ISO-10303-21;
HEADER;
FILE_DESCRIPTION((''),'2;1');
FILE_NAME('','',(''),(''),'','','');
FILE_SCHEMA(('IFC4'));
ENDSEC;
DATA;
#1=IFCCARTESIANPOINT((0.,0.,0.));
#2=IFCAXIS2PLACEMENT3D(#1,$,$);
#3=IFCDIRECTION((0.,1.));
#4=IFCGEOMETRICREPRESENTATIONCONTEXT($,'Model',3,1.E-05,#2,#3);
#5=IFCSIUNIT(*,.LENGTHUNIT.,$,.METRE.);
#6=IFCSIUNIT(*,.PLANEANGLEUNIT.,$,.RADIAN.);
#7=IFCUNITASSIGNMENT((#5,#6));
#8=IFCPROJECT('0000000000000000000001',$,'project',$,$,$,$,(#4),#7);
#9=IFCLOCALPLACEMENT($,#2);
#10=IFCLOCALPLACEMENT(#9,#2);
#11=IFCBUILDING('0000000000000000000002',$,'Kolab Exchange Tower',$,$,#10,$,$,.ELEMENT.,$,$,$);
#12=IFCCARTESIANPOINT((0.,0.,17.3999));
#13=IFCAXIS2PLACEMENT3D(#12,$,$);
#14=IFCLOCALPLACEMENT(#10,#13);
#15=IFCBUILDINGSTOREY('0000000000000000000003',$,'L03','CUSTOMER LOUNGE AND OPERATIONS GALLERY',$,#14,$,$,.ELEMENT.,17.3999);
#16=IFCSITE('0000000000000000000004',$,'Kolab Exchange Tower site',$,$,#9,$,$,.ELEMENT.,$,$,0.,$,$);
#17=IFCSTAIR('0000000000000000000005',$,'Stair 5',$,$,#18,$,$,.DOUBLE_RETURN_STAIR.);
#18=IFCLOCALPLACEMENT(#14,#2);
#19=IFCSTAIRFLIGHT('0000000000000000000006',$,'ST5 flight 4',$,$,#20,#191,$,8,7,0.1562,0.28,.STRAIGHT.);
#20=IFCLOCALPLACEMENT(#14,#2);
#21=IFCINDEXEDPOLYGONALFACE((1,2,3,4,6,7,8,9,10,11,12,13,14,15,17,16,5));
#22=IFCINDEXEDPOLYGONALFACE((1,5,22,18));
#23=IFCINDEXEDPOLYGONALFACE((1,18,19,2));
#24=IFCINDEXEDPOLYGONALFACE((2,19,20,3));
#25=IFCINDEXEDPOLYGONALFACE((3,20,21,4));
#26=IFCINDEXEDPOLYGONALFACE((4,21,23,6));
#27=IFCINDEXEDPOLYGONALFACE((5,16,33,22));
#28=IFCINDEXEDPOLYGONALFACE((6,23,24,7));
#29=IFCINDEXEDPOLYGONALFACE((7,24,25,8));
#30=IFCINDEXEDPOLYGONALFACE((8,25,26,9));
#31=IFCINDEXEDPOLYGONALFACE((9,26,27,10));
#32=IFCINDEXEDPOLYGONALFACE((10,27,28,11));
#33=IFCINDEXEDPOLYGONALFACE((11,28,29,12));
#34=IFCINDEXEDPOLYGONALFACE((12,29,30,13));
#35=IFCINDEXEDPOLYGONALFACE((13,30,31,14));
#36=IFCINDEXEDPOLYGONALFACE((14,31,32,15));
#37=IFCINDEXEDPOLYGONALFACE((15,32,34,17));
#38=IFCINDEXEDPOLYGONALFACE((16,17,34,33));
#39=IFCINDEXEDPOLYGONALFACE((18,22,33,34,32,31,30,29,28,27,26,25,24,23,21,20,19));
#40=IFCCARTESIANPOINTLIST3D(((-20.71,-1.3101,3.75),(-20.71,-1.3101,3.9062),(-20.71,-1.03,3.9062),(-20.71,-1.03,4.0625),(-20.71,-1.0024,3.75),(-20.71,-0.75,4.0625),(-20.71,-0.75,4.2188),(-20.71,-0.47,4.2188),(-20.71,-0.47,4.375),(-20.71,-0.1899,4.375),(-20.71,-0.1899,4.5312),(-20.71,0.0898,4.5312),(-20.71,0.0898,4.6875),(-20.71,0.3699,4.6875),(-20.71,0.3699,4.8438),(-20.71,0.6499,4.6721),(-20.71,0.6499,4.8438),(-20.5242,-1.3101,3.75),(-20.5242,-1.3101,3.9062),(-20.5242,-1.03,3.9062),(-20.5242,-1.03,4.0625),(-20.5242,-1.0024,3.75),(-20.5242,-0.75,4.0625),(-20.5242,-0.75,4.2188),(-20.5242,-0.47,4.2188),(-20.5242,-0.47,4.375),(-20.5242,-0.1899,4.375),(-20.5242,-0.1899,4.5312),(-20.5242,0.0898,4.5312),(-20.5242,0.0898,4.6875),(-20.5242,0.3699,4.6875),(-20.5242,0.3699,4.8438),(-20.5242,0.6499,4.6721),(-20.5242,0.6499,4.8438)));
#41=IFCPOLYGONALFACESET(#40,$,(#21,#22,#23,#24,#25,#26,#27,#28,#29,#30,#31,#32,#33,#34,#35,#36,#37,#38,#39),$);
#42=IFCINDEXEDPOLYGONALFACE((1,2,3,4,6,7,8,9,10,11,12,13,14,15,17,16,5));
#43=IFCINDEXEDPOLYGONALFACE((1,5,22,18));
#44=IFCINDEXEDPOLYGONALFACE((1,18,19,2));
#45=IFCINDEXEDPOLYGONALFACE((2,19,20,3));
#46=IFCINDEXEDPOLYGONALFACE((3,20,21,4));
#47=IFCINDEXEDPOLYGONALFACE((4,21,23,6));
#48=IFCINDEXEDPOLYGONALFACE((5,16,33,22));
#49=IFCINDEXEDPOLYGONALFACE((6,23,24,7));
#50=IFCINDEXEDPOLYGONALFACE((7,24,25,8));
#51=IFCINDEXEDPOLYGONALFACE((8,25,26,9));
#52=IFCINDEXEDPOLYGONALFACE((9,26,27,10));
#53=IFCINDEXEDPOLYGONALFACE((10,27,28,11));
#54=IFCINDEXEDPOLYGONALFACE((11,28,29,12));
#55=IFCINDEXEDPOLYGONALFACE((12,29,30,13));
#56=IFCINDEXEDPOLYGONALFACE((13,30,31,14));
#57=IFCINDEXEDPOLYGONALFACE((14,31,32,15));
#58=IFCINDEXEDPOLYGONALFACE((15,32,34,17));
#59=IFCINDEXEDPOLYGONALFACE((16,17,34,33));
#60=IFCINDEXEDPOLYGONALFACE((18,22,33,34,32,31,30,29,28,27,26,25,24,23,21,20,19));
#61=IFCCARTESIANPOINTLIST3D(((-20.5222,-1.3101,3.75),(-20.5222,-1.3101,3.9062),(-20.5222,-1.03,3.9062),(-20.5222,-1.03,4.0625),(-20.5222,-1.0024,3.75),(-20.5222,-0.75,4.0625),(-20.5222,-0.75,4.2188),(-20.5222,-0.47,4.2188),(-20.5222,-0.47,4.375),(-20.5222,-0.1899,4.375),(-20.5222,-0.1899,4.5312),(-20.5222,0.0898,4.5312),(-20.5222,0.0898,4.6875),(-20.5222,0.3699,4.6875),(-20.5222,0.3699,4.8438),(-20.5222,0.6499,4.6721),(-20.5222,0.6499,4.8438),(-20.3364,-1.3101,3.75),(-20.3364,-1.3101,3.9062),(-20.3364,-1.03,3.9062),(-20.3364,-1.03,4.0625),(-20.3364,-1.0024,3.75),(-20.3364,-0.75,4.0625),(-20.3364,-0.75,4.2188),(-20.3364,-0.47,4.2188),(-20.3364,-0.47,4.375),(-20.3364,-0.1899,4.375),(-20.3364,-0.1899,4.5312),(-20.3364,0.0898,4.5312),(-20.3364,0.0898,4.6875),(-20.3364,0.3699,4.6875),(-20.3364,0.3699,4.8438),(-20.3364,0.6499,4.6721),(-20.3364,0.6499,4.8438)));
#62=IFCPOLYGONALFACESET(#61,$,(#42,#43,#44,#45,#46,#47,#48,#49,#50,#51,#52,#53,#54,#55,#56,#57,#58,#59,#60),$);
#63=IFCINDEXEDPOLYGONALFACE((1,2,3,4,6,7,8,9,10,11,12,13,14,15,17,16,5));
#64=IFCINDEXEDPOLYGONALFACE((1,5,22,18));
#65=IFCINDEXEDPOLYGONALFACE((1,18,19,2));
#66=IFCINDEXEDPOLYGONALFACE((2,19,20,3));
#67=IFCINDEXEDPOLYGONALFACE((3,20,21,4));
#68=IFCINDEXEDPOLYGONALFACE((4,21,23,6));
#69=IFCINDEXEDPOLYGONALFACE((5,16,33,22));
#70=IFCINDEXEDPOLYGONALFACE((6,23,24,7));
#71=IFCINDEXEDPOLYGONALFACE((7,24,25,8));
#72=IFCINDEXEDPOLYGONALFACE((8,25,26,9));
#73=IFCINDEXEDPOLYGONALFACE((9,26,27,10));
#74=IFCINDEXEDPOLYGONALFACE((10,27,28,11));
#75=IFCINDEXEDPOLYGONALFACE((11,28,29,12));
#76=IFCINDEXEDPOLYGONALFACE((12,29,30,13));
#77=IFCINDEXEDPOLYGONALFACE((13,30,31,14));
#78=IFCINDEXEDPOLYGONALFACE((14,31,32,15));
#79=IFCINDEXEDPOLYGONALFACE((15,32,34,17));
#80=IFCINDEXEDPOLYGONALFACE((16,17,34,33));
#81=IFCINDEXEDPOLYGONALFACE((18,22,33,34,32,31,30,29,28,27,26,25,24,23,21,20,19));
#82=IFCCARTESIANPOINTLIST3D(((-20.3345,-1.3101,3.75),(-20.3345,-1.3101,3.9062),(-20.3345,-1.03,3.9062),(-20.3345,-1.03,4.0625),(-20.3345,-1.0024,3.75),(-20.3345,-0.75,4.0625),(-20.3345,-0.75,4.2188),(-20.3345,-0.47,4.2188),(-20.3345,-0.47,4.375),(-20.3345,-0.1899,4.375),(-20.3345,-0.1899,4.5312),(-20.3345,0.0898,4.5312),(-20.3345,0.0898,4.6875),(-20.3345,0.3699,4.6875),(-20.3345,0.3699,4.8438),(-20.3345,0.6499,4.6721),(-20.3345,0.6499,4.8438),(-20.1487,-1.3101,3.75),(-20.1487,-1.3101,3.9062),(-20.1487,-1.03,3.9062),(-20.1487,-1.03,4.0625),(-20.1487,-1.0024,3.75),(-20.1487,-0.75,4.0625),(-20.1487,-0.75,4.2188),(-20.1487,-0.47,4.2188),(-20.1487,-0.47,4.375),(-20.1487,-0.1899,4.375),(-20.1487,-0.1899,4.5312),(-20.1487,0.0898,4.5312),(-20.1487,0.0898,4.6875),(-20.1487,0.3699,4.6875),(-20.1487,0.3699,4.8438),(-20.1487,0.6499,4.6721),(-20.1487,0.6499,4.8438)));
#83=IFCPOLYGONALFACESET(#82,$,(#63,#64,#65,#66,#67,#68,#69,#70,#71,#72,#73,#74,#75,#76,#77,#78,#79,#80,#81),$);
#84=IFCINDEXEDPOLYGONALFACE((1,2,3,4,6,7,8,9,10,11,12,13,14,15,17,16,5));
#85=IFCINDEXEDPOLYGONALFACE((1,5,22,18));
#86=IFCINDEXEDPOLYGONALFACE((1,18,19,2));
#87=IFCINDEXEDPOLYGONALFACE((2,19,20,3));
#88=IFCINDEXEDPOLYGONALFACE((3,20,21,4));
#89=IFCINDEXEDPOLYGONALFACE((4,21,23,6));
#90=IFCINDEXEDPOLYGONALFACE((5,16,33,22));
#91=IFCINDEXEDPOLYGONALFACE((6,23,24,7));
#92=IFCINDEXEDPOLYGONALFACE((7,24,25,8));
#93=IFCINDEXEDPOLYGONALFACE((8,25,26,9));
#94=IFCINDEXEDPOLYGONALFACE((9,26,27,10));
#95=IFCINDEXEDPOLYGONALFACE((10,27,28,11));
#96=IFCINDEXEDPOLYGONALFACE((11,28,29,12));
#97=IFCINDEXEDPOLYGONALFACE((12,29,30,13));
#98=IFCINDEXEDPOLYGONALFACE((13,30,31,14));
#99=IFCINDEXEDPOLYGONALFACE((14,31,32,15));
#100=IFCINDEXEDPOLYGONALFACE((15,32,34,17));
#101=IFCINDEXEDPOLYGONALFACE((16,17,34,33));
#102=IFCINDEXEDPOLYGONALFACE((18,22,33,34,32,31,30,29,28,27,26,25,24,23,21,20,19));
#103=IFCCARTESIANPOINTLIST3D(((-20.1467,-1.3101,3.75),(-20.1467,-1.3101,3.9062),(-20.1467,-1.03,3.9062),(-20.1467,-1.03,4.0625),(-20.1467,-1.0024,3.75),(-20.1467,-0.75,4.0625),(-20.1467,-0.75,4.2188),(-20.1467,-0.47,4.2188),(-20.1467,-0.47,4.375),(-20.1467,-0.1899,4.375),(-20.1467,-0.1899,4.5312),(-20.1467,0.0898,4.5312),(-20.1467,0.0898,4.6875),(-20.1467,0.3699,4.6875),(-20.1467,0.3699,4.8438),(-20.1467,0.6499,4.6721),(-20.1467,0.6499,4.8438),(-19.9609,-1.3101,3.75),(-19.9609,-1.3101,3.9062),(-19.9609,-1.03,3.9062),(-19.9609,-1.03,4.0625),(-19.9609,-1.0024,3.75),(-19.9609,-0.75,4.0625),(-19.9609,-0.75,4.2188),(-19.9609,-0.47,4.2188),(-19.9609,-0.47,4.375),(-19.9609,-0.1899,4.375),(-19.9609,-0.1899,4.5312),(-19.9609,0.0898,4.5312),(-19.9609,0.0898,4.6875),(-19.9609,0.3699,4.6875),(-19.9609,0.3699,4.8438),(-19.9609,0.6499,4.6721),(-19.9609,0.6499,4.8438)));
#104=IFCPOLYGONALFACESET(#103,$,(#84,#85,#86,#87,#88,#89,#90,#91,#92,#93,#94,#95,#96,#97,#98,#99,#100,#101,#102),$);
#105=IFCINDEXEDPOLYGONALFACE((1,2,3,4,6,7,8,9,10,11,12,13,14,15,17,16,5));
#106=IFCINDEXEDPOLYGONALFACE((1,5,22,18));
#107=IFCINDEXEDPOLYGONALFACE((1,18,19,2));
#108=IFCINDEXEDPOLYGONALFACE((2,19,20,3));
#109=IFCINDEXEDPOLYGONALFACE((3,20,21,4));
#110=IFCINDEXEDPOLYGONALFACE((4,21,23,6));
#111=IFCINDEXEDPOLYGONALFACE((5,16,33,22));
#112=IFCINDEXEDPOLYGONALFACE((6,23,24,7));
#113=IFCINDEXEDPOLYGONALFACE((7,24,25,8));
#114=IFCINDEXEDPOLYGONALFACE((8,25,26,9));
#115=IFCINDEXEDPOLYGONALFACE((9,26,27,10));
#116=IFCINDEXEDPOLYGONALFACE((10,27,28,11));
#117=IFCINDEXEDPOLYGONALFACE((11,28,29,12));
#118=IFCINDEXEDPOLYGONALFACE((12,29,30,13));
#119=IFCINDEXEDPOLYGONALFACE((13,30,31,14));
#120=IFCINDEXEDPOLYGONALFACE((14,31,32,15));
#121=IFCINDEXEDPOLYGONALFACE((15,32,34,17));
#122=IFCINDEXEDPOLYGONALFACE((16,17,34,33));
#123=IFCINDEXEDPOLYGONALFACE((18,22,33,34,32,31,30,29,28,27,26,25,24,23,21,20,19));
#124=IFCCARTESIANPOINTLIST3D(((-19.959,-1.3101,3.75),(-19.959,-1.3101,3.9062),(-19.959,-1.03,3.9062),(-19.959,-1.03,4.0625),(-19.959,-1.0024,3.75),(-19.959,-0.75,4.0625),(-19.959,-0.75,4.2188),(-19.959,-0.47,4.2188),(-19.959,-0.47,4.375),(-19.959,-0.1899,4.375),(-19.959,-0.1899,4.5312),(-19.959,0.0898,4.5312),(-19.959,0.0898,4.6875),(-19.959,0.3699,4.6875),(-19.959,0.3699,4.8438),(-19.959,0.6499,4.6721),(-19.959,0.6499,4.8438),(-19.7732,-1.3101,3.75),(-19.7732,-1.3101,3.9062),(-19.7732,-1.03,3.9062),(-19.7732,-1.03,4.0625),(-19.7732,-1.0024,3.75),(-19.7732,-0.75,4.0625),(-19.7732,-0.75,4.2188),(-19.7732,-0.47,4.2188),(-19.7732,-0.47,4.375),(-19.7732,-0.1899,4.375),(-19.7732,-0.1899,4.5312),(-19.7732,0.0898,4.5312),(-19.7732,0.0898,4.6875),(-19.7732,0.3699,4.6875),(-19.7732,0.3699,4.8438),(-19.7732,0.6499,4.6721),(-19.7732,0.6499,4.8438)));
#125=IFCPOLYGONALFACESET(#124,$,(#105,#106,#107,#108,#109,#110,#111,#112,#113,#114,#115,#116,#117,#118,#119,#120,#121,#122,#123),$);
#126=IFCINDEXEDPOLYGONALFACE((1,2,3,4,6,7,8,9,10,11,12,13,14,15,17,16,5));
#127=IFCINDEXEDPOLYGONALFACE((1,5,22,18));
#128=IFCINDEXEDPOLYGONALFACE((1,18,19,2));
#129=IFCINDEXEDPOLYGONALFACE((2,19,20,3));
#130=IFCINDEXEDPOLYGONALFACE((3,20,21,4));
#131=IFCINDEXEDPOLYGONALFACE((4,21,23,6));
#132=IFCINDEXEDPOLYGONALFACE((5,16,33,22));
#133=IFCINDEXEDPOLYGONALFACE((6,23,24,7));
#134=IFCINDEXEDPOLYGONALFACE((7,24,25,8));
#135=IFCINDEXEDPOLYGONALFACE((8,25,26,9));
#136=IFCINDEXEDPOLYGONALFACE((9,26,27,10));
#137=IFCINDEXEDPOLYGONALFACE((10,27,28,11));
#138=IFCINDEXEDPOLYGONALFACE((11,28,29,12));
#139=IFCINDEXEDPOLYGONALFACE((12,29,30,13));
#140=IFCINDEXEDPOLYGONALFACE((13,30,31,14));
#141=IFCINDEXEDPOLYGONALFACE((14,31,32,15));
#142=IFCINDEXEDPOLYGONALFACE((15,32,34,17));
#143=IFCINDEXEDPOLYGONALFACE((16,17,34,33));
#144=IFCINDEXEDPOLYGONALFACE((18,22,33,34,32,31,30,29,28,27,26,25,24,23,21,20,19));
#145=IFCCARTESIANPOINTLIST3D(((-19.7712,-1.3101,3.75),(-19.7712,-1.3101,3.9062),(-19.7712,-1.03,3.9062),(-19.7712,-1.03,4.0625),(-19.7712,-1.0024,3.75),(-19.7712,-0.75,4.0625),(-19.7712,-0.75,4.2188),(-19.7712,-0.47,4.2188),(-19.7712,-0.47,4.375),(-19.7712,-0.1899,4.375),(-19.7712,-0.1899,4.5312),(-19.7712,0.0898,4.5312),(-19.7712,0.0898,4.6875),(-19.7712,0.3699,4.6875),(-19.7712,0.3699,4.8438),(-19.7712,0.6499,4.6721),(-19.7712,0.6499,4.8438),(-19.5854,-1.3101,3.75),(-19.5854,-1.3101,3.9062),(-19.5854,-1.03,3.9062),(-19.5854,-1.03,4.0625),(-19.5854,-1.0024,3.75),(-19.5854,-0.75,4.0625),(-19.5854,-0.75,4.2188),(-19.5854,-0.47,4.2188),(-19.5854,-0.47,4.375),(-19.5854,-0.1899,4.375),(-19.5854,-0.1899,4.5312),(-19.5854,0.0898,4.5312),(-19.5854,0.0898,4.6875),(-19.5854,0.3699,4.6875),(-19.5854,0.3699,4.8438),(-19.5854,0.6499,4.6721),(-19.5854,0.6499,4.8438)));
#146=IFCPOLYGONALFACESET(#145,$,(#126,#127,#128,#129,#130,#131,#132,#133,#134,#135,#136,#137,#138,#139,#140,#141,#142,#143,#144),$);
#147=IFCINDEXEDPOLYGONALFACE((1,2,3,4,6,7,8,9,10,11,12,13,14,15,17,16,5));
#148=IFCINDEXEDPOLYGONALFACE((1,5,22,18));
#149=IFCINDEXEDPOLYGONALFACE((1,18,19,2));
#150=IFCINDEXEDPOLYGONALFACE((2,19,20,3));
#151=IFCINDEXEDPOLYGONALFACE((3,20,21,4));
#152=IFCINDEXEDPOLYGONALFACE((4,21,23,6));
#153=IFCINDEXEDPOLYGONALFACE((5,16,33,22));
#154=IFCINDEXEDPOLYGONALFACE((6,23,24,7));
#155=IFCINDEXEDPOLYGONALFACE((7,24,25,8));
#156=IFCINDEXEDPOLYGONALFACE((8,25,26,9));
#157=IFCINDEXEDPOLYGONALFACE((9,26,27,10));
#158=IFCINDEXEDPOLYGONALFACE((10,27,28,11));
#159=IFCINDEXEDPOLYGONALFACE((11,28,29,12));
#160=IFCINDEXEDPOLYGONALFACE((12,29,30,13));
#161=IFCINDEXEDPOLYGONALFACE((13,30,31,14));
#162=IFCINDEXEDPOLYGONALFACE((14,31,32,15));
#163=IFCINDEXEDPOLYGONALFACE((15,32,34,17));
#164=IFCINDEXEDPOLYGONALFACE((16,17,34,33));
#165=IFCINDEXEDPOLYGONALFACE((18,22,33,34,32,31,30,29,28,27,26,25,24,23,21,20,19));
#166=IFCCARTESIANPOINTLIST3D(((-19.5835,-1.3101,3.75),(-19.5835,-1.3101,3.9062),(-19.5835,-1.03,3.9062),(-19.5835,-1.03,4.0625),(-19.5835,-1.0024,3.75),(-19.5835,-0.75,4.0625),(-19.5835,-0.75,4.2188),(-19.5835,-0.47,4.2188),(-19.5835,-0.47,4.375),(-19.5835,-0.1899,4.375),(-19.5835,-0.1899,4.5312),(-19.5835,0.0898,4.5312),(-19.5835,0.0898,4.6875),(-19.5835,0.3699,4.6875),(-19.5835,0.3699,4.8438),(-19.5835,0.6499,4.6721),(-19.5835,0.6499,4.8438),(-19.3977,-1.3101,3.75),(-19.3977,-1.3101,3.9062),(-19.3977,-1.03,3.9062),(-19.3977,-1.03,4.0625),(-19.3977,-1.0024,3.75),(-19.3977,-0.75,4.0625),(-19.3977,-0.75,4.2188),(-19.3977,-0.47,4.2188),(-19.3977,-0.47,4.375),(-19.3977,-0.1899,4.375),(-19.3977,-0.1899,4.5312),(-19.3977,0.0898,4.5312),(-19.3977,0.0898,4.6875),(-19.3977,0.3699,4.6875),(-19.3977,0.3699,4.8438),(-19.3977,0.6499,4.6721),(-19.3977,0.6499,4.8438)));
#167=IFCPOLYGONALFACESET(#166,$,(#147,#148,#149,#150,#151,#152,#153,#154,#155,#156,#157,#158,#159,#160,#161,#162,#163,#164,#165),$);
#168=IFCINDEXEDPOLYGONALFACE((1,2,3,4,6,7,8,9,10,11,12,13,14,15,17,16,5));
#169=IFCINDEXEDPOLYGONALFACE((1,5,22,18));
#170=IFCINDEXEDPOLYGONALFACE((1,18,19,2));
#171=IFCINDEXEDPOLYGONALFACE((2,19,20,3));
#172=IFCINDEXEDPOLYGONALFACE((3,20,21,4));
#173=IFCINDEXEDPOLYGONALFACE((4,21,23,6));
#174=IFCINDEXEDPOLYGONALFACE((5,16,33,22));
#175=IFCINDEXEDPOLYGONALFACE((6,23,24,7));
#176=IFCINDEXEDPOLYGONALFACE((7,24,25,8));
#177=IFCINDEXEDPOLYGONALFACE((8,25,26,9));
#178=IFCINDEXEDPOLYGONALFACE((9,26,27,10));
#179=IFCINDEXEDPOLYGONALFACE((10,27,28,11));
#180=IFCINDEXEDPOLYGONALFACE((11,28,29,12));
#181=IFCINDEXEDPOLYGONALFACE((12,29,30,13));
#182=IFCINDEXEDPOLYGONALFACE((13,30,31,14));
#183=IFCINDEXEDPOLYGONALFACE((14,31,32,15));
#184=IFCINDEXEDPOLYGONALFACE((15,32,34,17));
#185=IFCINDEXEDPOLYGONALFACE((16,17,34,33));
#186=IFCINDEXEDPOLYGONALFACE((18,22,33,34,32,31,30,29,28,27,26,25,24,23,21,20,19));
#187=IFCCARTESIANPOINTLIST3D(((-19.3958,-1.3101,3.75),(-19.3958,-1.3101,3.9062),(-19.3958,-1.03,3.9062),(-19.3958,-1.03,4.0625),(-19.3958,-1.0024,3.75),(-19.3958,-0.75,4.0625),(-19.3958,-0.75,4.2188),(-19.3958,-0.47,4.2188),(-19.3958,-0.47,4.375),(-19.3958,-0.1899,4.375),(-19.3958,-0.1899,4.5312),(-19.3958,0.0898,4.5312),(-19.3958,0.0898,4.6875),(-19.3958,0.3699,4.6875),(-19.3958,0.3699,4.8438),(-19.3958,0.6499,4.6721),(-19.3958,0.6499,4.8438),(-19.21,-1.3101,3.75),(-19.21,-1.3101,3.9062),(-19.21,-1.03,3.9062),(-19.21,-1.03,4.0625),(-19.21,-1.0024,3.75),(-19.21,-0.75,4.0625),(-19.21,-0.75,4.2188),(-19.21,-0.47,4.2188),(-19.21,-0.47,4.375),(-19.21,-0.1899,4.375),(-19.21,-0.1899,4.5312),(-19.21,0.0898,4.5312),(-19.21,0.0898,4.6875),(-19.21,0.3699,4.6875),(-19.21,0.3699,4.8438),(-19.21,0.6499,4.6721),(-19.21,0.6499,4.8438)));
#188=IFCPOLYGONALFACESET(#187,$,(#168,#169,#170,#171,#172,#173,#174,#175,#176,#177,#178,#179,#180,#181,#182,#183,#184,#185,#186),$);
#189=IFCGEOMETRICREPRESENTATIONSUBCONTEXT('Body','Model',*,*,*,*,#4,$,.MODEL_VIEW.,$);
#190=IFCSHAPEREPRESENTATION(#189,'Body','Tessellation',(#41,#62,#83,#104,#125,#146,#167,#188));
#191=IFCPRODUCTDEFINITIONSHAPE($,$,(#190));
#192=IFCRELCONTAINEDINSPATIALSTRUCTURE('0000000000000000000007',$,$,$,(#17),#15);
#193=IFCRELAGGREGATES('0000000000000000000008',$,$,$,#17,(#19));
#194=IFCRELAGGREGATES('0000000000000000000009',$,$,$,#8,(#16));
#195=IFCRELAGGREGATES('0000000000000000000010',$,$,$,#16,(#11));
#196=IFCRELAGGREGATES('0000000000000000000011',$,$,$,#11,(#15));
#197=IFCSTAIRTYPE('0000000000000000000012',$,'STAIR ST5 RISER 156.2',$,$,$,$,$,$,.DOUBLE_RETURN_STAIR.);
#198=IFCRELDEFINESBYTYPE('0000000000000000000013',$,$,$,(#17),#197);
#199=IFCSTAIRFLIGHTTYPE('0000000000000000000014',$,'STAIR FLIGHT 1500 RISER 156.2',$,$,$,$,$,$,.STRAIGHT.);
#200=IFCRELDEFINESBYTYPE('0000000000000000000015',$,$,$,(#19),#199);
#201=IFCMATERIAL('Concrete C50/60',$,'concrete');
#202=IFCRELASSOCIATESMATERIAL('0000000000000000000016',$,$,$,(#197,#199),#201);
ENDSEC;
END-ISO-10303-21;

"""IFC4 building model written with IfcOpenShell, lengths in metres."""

from ifc_helpers import new_model, si_unit, direction, frame, origin, place, context, subcontext, project, spatial, polyline, outline, extrude, material, type_object, element, aggregate, save


model = new_model("IFC4")

# Units and contexts
model_context = context("Model", 3, precision=1e-05, world=origin(), true_north=direction((0.0, 1.0)))
body_context = subcontext(model_context, "Body", "Model", "MODEL_VIEW")
ifc_project = project(units=[si_unit("LENGTHUNIT", "METRE"), si_unit("PLANEANGLEUNIT", "RADIAN")], contexts=[model_context])

# Site, building, storey
site_placement = place(None, origin())
site = spatial("IfcSite", under=ifc_project, at=site_placement, Name="Kolab Exchange Tower site", CompositionType="ELEMENT", RefElevation=0.0)
building_placement = place(site_placement, origin())
building = spatial("IfcBuilding", under=site, at=building_placement, Name="Kolab Exchange Tower", CompositionType="ELEMENT")
storey_placement = place(building_placement, frame((0.0, 0.0, 17.3999)))
storey = spatial("IfcBuildingStorey", under=building, at=storey_placement, Name="L03", Description="CUSTOMER LOUNGE AND OPERATIONS GALLERY", CompositionType="ELEMENT", Elevation=17.3999)

# Shared definitions
ifc_material_1 = material(Name="Concrete C50/60", Category="concrete")

# Stair, stair flight
stair_type = type_object("IfcStairType", Name="STAIR ST5 RISER 156.2", PredefinedType="DOUBLE_RETURN_STAIR", material=ifc_material_1)
stair_placement = place(storey_placement, origin())
stair = element("IfcStair", 1, at=stair_placement, inside=storey, type_object=stair_type, Name="Stair 5", PredefinedType="DOUBLE_RETURN_STAIR")
stair_flight_type = type_object("IfcStairFlightType", Name="STAIR FLIGHT 1500 RISER 156.2", PredefinedType="STRAIGHT", material=ifc_material_1)
stair_flight_1_placement = place(storey_placement, frame((-19.96, -1.3101, 3.75), z_axis=(0.0, 0.0, 1.0), x_axis=(0.0, 1.0, 0.0)))
stair_flight_1 = element("IfcStairFlight", 2, at=stair_flight_1_placement, type_object=stair_flight_type, Name="ST5 flight 4", NumberOfRisers=8, NumberOfTreads=7, PredefinedType="STRAIGHT", RiserHeight=0.1562, TreadLength=0.28, context=body_context, shape_type="SweptSolid", body=[
    extrude(outline(polyline([(0.0, 0.0), (0.0, 0.1562), (0.28, 0.1562), (0.28, 0.3125), (0.5601, 0.3125), (0.5601, 0.4688), (0.8401, 0.4688), (0.8401, 0.625), (1.1201, 0.625), (1.1201, 0.7812), (1.3999, 0.7812), (1.3999, 0.9375), (1.6799, 0.9375), (1.6799, 1.0938), (1.96, 1.0938), (1.96, 1.25), (1.96, 0.9221), (0.3076, 0.0), (0.0, 0.0)])), frame((0.0, 0.75, 0.0), z_axis=(0.0, -1.0, 0.0), x_axis=(1.0, 0.0, 0.0)), (0.0, 0.0, 1.0), 0.1858),
    extrude(outline(polyline([(0.0, 0.0), (0.0, 0.1562), (0.28, 0.1562), (0.28, 0.3125), (0.5601, 0.3125), (0.5601, 0.4688), (0.8401, 0.4688), (0.8401, 0.625), (1.1201, 0.625), (1.1201, 0.7812), (1.3999, 0.7812), (1.3999, 0.9375), (1.6799, 0.9375), (1.6799, 1.0938), (1.96, 1.0938), (1.96, 1.25), (1.96, 0.9221), (0.3076, 0.0), (0.0, 0.0)])), frame((0.0, 0.5623, 0.0), z_axis=(0.0, -1.0, 0.0), x_axis=(1.0, 0.0, 0.0)), (0.0, 0.0, 1.0), 0.1858),
    extrude(outline(polyline([(0.0, 0.0), (0.0, 0.1562), (0.28, 0.1562), (0.28, 0.3125), (0.5601, 0.3125), (0.5601, 0.4688), (0.8401, 0.4688), (0.8401, 0.625), (1.1201, 0.625), (1.1201, 0.7812), (1.3999, 0.7812), (1.3999, 0.9375), (1.6799, 0.9375), (1.6799, 1.0938), (1.96, 1.0938), (1.96, 1.25), (1.96, 0.9221), (0.3076, 0.0), (0.0, 0.0)])), frame((0.0, 0.3745, 0.0), z_axis=(0.0, -1.0, 0.0), x_axis=(1.0, 0.0, 0.0)), (0.0, 0.0, 1.0), 0.1858),
    extrude(outline(polyline([(0.0, 0.0), (0.0, 0.1562), (0.28, 0.1562), (0.28, 0.3125), (0.5601, 0.3125), (0.5601, 0.4688), (0.8401, 0.4688), (0.8401, 0.625), (1.1201, 0.625), (1.1201, 0.7812), (1.3999, 0.7812), (1.3999, 0.9375), (1.6799, 0.9375), (1.6799, 1.0938), (1.96, 1.0938), (1.96, 1.25), (1.96, 0.9221), (0.3076, 0.0), (0.0, 0.0)])), frame((0.0, 0.1868, 0.0), z_axis=(0.0, -1.0, 0.0), x_axis=(1.0, 0.0, 0.0)), (0.0, 0.0, 1.0), 0.1858),
    extrude(outline(polyline([(0.0, 0.0), (0.0, 0.1562), (0.28, 0.1562), (0.28, 0.3125), (0.5601, 0.3125), (0.5601, 0.4688), (0.8401, 0.4688), (0.8401, 0.625), (1.1201, 0.625), (1.1201, 0.7812), (1.3999, 0.7812), (1.3999, 0.9375), (1.6799, 0.9375), (1.6799, 1.0938), (1.96, 1.0938), (1.96, 1.25), (1.96, 0.9221), (0.3076, 0.0), (0.0, 0.0)])), frame((0.0, -0.001, 0.0), z_axis=(0.0, -1.0, 0.0), x_axis=(1.0, 0.0, 0.0)), (0.0, 0.0, 1.0), 0.1858),
    extrude(outline(polyline([(0.0, 0.0), (0.0, 0.1562), (0.28, 0.1562), (0.28, 0.3125), (0.5601, 0.3125), (0.5601, 0.4688), (0.8401, 0.4688), (0.8401, 0.625), (1.1201, 0.625), (1.1201, 0.7812), (1.3999, 0.7812), (1.3999, 0.9375), (1.6799, 0.9375), (1.6799, 1.0938), (1.96, 1.0938), (1.96, 1.25), (1.96, 0.9221), (0.3076, 0.0), (0.0, 0.0)])), frame((0.0, -0.1887, 0.0), z_axis=(0.0, -1.0, 0.0), x_axis=(1.0, 0.0, 0.0)), (0.0, 0.0, 1.0), 0.1858),
    extrude(outline(polyline([(0.0, 0.0), (0.0, 0.1562), (0.28, 0.1562), (0.28, 0.3125), (0.5601, 0.3125), (0.5601, 0.4688), (0.8401, 0.4688), (0.8401, 0.625), (1.1201, 0.625), (1.1201, 0.7812), (1.3999, 0.7812), (1.3999, 0.9375), (1.6799, 0.9375), (1.6799, 1.0938), (1.96, 1.0938), (1.96, 1.25), (1.96, 0.9221), (0.3076, 0.0), (0.0, 0.0)])), frame((0.0, -0.3765, 0.0), z_axis=(0.0, -1.0, 0.0), x_axis=(1.0, 0.0, 0.0)), (0.0, 0.0, 1.0), 0.1858),
    extrude(outline(polyline([(0.0, 0.0), (0.0, 0.1562), (0.28, 0.1562), (0.28, 0.3125), (0.5601, 0.3125), (0.5601, 0.4688), (0.8401, 0.4688), (0.8401, 0.625), (1.1201, 0.625), (1.1201, 0.7812), (1.3999, 0.7812), (1.3999, 0.9375), (1.6799, 0.9375), (1.6799, 1.0938), (1.96, 1.0938), (1.96, 1.25), (1.96, 0.9221), (0.3076, 0.0), (0.0, 0.0)])), frame((0.0, -0.5642, 0.0), z_axis=(0.0, -1.0, 0.0), x_axis=(1.0, 0.0, 0.0)), (0.0, 0.0, 1.0), 0.1858),
])
aggregate(stair, [stair_flight_1])

save(model, "model.ifc")
